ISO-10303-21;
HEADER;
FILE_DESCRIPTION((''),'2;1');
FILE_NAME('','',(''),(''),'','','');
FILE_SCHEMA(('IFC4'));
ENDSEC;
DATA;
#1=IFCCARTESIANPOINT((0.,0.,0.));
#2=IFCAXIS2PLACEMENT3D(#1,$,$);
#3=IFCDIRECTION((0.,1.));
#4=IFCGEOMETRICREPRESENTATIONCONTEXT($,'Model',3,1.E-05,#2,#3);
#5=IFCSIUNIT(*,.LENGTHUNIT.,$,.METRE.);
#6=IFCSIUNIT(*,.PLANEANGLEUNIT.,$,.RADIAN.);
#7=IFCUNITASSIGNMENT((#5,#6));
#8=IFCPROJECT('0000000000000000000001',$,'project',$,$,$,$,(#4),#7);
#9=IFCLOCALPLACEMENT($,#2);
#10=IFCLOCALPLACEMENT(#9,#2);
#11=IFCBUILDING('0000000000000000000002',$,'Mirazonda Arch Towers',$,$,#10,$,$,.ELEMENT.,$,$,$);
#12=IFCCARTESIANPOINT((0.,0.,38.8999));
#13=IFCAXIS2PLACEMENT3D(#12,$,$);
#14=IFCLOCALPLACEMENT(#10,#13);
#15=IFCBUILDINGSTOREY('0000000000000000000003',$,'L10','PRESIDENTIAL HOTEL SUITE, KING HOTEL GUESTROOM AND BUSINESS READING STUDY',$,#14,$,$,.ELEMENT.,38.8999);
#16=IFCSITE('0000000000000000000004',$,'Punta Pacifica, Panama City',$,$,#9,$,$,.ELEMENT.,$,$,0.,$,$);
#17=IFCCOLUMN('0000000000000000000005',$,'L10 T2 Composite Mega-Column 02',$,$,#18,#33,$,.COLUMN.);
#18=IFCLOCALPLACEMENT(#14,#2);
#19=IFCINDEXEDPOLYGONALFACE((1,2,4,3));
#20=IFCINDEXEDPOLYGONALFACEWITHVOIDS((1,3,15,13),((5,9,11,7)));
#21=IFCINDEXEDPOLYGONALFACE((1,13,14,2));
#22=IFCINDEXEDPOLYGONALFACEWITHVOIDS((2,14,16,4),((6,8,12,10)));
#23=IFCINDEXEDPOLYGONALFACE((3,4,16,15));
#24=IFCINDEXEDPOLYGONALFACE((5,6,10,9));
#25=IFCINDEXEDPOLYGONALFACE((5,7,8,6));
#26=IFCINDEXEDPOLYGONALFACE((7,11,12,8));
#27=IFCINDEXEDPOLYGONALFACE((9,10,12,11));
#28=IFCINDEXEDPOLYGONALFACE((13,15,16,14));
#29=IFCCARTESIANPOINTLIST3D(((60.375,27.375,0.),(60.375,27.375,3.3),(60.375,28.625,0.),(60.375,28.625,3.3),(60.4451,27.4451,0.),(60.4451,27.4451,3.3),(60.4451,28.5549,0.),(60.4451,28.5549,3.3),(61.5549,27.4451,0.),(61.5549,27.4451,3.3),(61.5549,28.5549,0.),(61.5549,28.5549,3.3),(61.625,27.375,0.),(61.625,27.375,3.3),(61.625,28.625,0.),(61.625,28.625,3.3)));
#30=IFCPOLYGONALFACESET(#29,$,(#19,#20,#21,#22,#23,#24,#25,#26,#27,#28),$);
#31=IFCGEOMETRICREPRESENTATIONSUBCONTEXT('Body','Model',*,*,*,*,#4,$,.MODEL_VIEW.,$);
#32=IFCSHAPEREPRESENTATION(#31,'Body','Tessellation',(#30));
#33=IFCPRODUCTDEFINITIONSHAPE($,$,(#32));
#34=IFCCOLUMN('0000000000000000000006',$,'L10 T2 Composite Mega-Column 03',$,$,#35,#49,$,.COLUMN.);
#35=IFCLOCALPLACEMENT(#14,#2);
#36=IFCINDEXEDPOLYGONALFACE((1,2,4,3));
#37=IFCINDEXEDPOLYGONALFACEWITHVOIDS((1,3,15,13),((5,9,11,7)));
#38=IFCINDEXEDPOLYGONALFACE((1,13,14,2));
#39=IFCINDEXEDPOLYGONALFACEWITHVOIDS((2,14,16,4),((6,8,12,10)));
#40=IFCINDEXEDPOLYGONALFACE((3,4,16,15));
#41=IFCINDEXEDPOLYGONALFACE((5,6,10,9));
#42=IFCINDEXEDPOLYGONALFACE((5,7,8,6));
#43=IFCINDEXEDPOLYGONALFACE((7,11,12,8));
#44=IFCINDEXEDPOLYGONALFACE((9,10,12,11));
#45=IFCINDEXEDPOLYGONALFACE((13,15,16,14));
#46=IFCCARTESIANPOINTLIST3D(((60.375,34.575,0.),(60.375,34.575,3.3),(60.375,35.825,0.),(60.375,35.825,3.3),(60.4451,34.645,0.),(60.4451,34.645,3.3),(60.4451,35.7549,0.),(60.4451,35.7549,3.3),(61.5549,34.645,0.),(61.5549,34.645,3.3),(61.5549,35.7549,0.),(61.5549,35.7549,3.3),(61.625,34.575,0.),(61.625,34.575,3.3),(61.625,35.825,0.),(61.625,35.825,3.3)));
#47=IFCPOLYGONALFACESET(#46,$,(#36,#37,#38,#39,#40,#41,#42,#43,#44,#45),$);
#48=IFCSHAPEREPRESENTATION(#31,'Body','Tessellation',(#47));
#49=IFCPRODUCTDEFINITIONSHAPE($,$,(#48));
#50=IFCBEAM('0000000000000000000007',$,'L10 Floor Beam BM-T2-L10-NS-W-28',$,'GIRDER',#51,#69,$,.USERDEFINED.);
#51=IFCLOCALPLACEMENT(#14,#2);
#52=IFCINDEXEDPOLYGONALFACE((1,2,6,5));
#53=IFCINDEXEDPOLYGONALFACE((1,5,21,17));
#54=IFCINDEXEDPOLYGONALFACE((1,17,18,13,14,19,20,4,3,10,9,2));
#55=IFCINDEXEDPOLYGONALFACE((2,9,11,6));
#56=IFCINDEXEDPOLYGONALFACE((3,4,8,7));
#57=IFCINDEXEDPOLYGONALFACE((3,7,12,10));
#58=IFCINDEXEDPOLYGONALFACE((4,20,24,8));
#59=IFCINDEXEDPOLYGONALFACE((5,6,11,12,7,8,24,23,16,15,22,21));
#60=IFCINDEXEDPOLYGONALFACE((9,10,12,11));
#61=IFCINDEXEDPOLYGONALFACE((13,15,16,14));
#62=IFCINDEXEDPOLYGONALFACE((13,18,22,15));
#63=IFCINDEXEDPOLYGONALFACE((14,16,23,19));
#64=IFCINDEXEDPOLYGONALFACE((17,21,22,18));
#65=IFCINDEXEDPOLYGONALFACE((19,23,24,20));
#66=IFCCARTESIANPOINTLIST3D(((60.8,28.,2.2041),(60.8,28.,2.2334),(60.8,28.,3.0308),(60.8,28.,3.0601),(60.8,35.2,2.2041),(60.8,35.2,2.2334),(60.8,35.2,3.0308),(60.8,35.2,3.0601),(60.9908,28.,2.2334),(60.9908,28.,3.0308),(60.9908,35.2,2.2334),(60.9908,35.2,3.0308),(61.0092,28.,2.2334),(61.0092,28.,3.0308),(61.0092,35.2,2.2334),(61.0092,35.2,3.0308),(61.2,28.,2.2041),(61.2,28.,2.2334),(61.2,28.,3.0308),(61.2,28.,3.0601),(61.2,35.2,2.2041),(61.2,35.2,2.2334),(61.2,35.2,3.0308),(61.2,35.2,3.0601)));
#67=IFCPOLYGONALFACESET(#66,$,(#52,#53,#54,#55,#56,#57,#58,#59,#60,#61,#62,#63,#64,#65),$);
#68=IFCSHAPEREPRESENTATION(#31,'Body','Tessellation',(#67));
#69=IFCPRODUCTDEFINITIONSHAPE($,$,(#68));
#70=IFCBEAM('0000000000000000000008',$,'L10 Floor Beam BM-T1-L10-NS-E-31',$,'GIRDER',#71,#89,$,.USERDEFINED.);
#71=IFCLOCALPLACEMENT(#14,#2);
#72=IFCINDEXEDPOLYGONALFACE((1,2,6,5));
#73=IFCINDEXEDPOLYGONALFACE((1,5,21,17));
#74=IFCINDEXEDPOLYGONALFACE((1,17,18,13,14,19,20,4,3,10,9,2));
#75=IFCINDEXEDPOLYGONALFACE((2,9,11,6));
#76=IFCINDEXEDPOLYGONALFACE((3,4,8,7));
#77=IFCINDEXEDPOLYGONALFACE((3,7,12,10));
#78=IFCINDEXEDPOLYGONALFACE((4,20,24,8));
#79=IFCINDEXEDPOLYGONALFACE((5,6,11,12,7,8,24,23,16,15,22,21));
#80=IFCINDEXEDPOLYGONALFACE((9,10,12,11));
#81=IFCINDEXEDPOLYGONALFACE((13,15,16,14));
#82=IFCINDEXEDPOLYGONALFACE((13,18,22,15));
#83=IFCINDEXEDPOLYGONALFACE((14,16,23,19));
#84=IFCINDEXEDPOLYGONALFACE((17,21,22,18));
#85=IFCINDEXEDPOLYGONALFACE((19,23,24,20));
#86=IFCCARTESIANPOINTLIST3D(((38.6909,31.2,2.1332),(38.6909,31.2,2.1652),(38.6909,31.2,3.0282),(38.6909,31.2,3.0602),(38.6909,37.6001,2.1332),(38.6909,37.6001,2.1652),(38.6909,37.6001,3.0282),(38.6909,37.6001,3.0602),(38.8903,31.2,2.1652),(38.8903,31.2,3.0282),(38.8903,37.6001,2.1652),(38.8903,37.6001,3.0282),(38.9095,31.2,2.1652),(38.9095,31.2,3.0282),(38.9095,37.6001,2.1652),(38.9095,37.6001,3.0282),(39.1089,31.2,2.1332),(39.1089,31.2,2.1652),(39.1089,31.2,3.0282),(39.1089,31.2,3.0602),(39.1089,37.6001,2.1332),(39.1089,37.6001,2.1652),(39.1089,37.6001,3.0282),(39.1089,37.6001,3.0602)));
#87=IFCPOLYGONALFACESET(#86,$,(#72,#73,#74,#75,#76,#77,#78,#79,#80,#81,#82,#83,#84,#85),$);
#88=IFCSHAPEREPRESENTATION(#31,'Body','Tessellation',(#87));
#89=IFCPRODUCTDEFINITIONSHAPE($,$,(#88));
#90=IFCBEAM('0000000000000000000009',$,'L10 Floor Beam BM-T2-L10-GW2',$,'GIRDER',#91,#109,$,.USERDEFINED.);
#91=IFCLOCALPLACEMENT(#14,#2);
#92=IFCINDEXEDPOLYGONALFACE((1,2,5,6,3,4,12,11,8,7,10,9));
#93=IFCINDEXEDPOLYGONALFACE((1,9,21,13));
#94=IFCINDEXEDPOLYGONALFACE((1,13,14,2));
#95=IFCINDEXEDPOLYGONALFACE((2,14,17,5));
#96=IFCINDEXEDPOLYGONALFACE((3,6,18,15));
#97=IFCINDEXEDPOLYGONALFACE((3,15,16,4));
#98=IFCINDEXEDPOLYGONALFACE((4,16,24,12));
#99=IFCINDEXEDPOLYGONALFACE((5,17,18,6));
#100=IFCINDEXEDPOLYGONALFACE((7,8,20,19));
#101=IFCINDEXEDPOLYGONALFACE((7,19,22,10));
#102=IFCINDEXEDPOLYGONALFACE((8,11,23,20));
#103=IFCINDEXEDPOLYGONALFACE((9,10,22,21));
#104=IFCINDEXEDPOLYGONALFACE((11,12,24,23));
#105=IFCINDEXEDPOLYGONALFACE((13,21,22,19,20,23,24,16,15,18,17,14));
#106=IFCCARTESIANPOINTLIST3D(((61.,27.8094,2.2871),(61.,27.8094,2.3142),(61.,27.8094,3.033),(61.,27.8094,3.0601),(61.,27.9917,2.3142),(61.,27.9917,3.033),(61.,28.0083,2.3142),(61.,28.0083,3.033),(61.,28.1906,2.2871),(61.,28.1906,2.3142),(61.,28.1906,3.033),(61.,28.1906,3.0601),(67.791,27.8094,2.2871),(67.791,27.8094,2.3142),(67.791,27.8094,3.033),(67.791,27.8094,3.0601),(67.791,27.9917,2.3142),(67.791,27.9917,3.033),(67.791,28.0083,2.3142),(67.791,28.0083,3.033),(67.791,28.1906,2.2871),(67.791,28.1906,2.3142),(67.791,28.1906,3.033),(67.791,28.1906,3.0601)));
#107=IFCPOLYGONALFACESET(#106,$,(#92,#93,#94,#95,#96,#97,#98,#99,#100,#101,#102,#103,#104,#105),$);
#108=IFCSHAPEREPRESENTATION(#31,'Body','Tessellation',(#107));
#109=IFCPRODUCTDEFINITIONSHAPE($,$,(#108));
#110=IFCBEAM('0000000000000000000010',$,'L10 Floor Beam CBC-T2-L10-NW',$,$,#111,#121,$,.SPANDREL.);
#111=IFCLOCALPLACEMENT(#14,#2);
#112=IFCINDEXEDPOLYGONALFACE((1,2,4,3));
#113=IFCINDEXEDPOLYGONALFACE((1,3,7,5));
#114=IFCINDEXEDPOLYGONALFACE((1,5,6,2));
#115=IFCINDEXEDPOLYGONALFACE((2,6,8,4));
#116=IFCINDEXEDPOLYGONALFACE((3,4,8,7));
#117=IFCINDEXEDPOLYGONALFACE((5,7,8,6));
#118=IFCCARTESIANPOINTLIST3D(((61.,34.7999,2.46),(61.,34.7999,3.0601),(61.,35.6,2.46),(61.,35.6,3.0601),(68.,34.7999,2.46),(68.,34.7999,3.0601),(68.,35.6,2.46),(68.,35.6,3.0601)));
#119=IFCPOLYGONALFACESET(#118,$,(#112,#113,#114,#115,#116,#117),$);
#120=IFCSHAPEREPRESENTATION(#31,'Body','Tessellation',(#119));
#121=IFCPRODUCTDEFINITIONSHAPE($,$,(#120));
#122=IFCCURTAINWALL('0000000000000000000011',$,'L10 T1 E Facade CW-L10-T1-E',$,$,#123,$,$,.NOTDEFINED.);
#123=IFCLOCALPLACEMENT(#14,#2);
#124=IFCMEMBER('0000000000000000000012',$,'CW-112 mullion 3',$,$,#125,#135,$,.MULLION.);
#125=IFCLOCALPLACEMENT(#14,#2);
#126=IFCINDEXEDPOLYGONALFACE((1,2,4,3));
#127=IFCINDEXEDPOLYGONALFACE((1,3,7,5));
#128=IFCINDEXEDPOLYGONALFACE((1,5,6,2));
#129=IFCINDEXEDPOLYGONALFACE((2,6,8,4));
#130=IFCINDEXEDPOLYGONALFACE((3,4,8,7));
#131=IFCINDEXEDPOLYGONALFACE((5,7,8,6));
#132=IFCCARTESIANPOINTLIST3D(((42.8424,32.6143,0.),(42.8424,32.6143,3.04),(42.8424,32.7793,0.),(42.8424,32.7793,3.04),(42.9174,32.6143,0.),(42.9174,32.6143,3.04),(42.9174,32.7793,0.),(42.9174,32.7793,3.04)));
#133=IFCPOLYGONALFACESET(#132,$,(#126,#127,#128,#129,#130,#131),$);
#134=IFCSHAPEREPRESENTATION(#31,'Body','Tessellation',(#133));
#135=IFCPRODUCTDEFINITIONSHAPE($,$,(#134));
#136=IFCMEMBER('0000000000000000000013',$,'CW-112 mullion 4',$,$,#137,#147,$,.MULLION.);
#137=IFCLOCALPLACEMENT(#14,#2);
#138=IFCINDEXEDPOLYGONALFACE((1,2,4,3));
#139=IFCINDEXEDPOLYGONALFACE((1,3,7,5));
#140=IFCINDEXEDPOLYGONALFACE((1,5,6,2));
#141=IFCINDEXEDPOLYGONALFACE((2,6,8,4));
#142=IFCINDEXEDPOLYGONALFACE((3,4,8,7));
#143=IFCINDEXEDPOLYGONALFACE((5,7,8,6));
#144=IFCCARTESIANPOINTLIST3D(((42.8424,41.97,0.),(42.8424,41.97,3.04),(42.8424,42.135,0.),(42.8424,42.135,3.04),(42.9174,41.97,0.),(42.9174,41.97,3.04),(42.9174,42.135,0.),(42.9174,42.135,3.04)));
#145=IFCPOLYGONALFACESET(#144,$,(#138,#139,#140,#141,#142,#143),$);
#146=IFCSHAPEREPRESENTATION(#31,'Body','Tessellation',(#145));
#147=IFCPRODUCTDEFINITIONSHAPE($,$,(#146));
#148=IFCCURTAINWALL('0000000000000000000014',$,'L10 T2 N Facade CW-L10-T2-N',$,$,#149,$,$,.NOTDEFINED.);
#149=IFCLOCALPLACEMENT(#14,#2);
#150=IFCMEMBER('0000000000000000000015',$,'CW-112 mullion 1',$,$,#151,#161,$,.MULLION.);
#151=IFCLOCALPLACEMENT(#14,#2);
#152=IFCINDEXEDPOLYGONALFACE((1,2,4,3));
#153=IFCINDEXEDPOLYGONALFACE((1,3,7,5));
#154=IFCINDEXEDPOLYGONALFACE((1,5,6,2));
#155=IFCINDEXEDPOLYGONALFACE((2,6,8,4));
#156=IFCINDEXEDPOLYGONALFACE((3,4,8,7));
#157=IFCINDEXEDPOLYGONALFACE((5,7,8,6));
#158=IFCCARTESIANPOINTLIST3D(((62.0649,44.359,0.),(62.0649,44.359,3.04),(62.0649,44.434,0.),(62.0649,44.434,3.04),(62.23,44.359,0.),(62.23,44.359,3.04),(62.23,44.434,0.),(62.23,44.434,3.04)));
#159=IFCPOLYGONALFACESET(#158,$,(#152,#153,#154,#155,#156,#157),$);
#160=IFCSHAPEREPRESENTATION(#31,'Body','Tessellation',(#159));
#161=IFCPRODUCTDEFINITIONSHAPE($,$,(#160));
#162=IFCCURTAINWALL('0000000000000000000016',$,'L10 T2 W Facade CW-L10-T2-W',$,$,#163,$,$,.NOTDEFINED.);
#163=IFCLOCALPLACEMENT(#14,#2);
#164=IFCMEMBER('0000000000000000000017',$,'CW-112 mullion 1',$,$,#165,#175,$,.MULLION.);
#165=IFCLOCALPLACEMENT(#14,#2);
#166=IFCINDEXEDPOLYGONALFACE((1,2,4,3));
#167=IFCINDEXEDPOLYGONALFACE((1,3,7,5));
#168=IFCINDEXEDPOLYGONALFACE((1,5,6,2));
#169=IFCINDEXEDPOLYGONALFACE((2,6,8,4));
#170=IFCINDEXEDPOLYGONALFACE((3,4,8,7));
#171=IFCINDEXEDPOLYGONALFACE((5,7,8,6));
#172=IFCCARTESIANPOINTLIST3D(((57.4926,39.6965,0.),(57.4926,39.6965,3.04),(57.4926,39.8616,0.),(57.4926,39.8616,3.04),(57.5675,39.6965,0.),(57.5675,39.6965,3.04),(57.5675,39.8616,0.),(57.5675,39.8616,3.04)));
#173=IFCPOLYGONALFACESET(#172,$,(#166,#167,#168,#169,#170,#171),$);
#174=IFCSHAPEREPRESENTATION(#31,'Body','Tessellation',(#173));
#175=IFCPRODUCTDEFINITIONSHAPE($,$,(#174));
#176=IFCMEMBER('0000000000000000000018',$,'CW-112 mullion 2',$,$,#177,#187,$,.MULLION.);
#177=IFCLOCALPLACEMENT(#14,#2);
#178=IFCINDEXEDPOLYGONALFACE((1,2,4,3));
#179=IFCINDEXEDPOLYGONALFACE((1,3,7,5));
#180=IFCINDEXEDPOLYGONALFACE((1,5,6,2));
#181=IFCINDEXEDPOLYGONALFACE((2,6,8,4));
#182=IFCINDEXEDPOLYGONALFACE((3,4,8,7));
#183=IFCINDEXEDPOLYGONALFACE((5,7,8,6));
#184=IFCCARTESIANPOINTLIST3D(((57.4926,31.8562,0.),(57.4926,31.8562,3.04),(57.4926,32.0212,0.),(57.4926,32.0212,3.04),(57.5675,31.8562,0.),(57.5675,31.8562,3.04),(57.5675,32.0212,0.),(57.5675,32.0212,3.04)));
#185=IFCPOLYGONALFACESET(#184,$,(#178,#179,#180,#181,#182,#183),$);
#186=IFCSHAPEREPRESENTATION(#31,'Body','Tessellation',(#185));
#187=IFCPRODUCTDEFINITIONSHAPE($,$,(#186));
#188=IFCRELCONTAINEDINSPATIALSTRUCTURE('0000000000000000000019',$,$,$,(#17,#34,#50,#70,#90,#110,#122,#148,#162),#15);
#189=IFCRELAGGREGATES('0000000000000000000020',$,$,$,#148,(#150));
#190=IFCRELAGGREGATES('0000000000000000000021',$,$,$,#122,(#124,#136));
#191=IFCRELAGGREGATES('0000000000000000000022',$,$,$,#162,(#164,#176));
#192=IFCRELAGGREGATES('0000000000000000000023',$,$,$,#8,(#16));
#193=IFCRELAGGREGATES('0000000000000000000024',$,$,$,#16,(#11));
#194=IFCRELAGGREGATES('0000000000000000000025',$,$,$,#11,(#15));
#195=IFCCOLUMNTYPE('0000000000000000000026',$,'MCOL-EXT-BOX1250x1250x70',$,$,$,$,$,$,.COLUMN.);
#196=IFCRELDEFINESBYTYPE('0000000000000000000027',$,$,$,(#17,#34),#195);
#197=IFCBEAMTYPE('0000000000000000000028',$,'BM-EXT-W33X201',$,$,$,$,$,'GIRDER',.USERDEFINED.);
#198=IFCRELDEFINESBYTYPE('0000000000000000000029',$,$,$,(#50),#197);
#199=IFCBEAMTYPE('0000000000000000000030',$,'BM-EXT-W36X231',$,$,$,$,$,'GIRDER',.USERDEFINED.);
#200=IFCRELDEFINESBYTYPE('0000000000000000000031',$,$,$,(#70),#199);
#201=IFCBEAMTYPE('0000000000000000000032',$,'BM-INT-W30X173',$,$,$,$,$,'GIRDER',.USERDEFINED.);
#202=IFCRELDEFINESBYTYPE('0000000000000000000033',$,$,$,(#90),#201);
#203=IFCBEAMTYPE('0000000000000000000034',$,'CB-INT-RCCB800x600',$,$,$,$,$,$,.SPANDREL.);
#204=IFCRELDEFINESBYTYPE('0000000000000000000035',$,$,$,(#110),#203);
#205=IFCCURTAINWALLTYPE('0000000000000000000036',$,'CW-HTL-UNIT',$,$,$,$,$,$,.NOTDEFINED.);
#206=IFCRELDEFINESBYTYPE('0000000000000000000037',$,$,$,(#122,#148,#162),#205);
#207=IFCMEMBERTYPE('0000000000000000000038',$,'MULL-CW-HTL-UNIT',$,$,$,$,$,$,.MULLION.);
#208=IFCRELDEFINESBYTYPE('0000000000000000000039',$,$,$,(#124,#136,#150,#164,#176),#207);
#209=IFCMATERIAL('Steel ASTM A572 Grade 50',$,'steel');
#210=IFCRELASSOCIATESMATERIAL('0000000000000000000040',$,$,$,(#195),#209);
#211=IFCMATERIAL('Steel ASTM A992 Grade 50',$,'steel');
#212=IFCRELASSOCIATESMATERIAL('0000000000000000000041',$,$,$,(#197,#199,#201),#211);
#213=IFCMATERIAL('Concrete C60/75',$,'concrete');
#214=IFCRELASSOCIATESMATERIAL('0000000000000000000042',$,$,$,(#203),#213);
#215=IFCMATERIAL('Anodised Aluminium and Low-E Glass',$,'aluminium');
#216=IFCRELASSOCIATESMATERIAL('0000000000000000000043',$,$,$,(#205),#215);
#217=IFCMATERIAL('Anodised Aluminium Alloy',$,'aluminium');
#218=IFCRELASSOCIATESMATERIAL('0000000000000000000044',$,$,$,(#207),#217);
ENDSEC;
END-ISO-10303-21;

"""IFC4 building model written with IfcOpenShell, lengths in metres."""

from ifc_helpers import new_model, si_unit, direction, frame, origin, origin_2d, place, context, subcontext, project, spatial, rectangle, hollow_rectangle, i_section, extrude, material, material_profile, profile_set, type_object, element, aggregate, save


model = new_model("IFC4")

# Units and contexts
model_context = context("Model", 3, precision=1e-05, world=origin(), true_north=direction((0.0, 1.0)))
body_context = subcontext(model_context, "Body", "Model", "MODEL_VIEW")
ifc_project = project(units=[si_unit("LENGTHUNIT", "METRE"), si_unit("PLANEANGLEUNIT", "RADIAN")], contexts=[model_context])

# Site, building, storey
site_placement = place(None, origin())
site = spatial("IfcSite", under=ifc_project, at=site_placement, Name="Punta Pacifica, Panama City", CompositionType="ELEMENT", RefElevation=0.0)
building_placement = place(site_placement, origin())
building = spatial("IfcBuilding", under=site, at=building_placement, Name="Mirazonda Arch Towers", CompositionType="ELEMENT")
storey_placement = place(building_placement, frame((0.0, 0.0, 38.8999)))
storey = spatial("IfcBuildingStorey", under=building, at=storey_placement, Name="L10", Description="PRESIDENTIAL HOTEL SUITE, KING HOTEL GUESTROOM AND BUSINESS READING STUDY", CompositionType="ELEMENT", Elevation=38.8999)

# Columns
ifc_material_1 = material(Name="Steel ASTM A572 Grade 50", Category="steel")
ifc_material_profile_1 = material_profile(ifc_material_1, hollow_rectangle(XDim=1.25, YDim=1.25, WallThickness=0.0701, at=origin_2d()), Name="BOX1250x1250x70")
ifc_profile_set_1 = profile_set([ifc_material_profile_1], Name="Steel ASTM A572 Grade 50")
column_type = type_object("IfcColumnType", Name="MCOL-EXT-BOX1250x1250x70", PredefinedType="COLUMN", material=ifc_profile_set_1)
for number, where, z_axis, x_axis, name in (
    (1, (61.0, 28.0, 0.0), (0.0, 0.0, 1.0), (1.0, 0.0, 0.0), "L10 T2 Composite Mega-Column 02"),
    (2, (61.0, 35.2, 0.0), (0.0, 0.0, 1.0), (1.0, 0.0, 0.0), "L10 T2 Composite Mega-Column 03"),
):
    element("IfcColumn", number, at=place(storey_placement, frame(where, z_axis=z_axis, x_axis=x_axis)), inside=storey, type_object=column_type, Name=name, PredefinedType="COLUMN", context=body_context, shape_type="SweptSolid", body=[
        extrude(hollow_rectangle(XDim=1.25, YDim=1.25, WallThickness=0.0701, at=origin_2d()), origin(), (0.0, 0.0, 1.0), 3.3),
    ])

# Beams
ifc_material_2 = material(Name="Steel ASTM A992 Grade 50", Category="steel")
ifc_material_profile_2 = material_profile(ifc_material_2, i_section(OverallWidth=0.3999, OverallDepth=0.856, WebThickness=0.0183, FlangeThickness=0.0293, at=origin_2d()), Name="W33X201")
ifc_profile_set_2 = profile_set([ifc_material_profile_2], Name="Steel ASTM A992 Grade 50")
beam_type_1 = type_object("IfcBeamType", Name="BM-EXT-W33X201", ElementType="GIRDER", PredefinedType="USERDEFINED", material=ifc_profile_set_2)
beam_1_placement = place(storey_placement, frame((61.0, 28.0, 2.6321), z_axis=(0.0, 1.0, 0.0), x_axis=(-1.0, 0.0, 0.0)))
element("IfcBeam", 3, at=beam_1_placement, inside=storey, type_object=beam_type_1, Name="L10 Floor Beam BM-T2-L10-NS-W-28", ObjectType="GIRDER", PredefinedType="USERDEFINED", context=body_context, shape_type="SweptSolid", body=[
    extrude(i_section(OverallWidth=0.3999, OverallDepth=0.856, WebThickness=0.0183, FlangeThickness=0.0293, at=origin_2d()), origin(), (0.0, 0.0, 1.0), 7.2),
])
ifc_material_profile_3 = material_profile(ifc_material_2, i_section(OverallWidth=0.418, OverallDepth=0.927, WebThickness=0.0193, FlangeThickness=0.032, at=origin_2d()), Name="W36X231")
ifc_profile_set_3 = profile_set([ifc_material_profile_3], Name="Steel ASTM A992 Grade 50")
beam_type_2 = type_object("IfcBeamType", Name="BM-EXT-W36X231", ElementType="GIRDER", PredefinedType="USERDEFINED", material=ifc_profile_set_3)
beam_2_placement = place(storey_placement, frame((38.8999, 31.2, 2.5967), z_axis=(0.0, 1.0, 0.0), x_axis=(-1.0, 0.0, 0.0)))
element("IfcBeam", 4, at=beam_2_placement, inside=storey, type_object=beam_type_2, Name="L10 Floor Beam BM-T1-L10-NS-E-31", ObjectType="GIRDER", PredefinedType="USERDEFINED", context=body_context, shape_type="SweptSolid", body=[
    extrude(i_section(OverallWidth=0.418, OverallDepth=0.927, WebThickness=0.0193, FlangeThickness=0.032, at=origin_2d()), origin(), (0.0, 0.0, 1.0), 6.4001),
])
ifc_material_profile_4 = material_profile(ifc_material_2, i_section(OverallWidth=0.3811, OverallDepth=0.7729, WebThickness=0.0166, FlangeThickness=0.0271, at=origin_2d()), Name="W30X173")
ifc_profile_set_4 = profile_set([ifc_material_profile_4], Name="Steel ASTM A992 Grade 50")
beam_type_3 = type_object("IfcBeamType", Name="BM-INT-W30X173", ElementType="GIRDER", PredefinedType="USERDEFINED", material=ifc_profile_set_4)
beam_3_placement = place(storey_placement, frame((61.0, 28.0, 2.6736), z_axis=(1.0, 0.0, 0.0), x_axis=(0.0, 1.0, 0.0)))
element("IfcBeam", 5, at=beam_3_placement, inside=storey, type_object=beam_type_3, Name="L10 Floor Beam BM-T2-L10-GW2", ObjectType="GIRDER", PredefinedType="USERDEFINED", context=body_context, shape_type="SweptSolid", body=[
    extrude(i_section(OverallWidth=0.3811, OverallDepth=0.7729, WebThickness=0.0166, FlangeThickness=0.0271, at=origin_2d()), origin(), (0.0, 0.0, 1.0), 6.791),
])
ifc_material_3 = material(Name="Concrete C60/75", Category="concrete")
ifc_material_profile_5 = material_profile(ifc_material_3, rectangle(XDim=0.8, YDim=0.6001, at=origin_2d()), Name="RCCB800x600")
ifc_profile_set_5 = profile_set([ifc_material_profile_5], Name="Concrete C60/75")
beam_type_4 = type_object("IfcBeamType", Name="CB-INT-RCCB800x600", PredefinedType="SPANDREL", material=ifc_profile_set_5)
beam_4_placement = place(storey_placement, frame((61.0, 35.2, 2.76), z_axis=(1.0, 0.0, 0.0), x_axis=(0.0, 1.0, 0.0)))
element("IfcBeam", 6, at=beam_4_placement, inside=storey, type_object=beam_type_4, Name="L10 Floor Beam CBC-T2-L10-NW", PredefinedType="SPANDREL", context=body_context, shape_type="SweptSolid", body=[
    extrude(rectangle(XDim=0.8, YDim=0.6001, at=origin_2d()), origin(), (0.0, 0.0, 1.0), 7.0),
])

# Curtain wall, members
ifc_material_4 = material(Name="Anodised Aluminium and Low-E Glass", Category="aluminium")
curtain_wall_type = type_object("IfcCurtainWallType", Name="CW-HTL-UNIT", PredefinedType="NOTDEFINED", material=ifc_material_4)
curtain_wall_1_placement = place(storey_placement, origin())
curtain_wall_1 = element("IfcCurtainWall", 7, at=curtain_wall_1_placement, inside=storey, type_object=curtain_wall_type, Name="L10 T1 E Facade CW-L10-T1-E", PredefinedType="NOTDEFINED")
ifc_material_5 = material(Name="Anodised Aluminium Alloy", Category="aluminium")
ifc_material_profile_6 = material_profile(ifc_material_5, rectangle(XDim=0.075, YDim=0.165, at=origin_2d()), Name="ALU-MULL-75x165")
ifc_profile_set_6 = profile_set([ifc_material_profile_6], Name="Anodised Aluminium Alloy")
member_type_1 = type_object("IfcMemberType", Name="MULL-CW-HTL-UNIT", PredefinedType="MULLION", material=ifc_profile_set_6)
member_1_placement = place(storey_placement, frame((42.8799, 32.6968, 0.0), z_axis=(0.0, 0.0, 1.0), x_axis=(-1.0, 0.0, 0.0)))
member_1 = element("IfcMember", 8, at=member_1_placement, type_object=member_type_1, Name="CW-112 mullion 3", PredefinedType="MULLION", context=body_context, shape_type="SweptSolid", body=[
    extrude(rectangle(XDim=0.075, YDim=0.165, at=origin_2d()), origin(), (0.0, 0.0, 1.0), 3.04),
])
member_2_placement = place(storey_placement, frame((42.8799, 42.0525, 0.0), z_axis=(0.0, 0.0, 1.0), x_axis=(-1.0, 0.0, 0.0)))
member_2 = element("IfcMember", 9, at=member_2_placement, type_object=member_type_1, Name="CW-112 mullion 4", PredefinedType="MULLION", context=body_context, shape_type="SweptSolid", body=[
    extrude(rectangle(XDim=0.075, YDim=0.165, at=origin_2d()), origin(), (0.0, 0.0, 1.0), 3.04),
])

# Curtain wall, member
curtain_wall_2_placement = place(storey_placement, origin())
curtain_wall_2 = element("IfcCurtainWall", 10, at=curtain_wall_2_placement, inside=storey, type_object=curtain_wall_type, Name="L10 T2 N Facade CW-L10-T2-N", PredefinedType="NOTDEFINED")
member_3_placement = place(storey_placement, frame((62.1475, 44.3965, 0.0), z_axis=(0.0, 0.0, 1.0), x_axis=(0.0, 1.0, 0.0)))
member_3 = element("IfcMember", 11, at=member_3_placement, type_object=member_type_1, Name="CW-112 mullion 1", PredefinedType="MULLION", context=body_context, shape_type="SweptSolid", body=[
    extrude(rectangle(XDim=0.075, YDim=0.165, at=origin_2d()), origin(), (0.0, 0.0, 1.0), 3.04),
])

# Curtain wall, members
curtain_wall_3_placement = place(storey_placement, origin())
curtain_wall_3 = element("IfcCurtainWall", 12, at=curtain_wall_3_placement, inside=storey, type_object=curtain_wall_type, Name="L10 T2 W Facade CW-L10-T2-W", PredefinedType="NOTDEFINED")
member_4_placement = place(storey_placement, frame((57.53, 39.7791, 0.0), z_axis=(0.0, 0.0, 1.0), x_axis=(1.0, 0.0, 0.0)))
member_4 = element("IfcMember", 13, at=member_4_placement, type_object=member_type_1, Name="CW-112 mullion 1", PredefinedType="MULLION", context=body_context, shape_type="SweptSolid", body=[
    extrude(rectangle(XDim=0.075, YDim=0.165, at=origin_2d()), origin(), (0.0, 0.0, 1.0), 3.04),
])
member_5_placement = place(storey_placement, frame((57.53, 31.9387, 0.0), z_axis=(0.0, 0.0, 1.0), x_axis=(1.0, 0.0, 0.0)))
member_5 = element("IfcMember", 14, at=member_5_placement, type_object=member_type_1, Name="CW-112 mullion 2", PredefinedType="MULLION", context=body_context, shape_type="SweptSolid", body=[
    extrude(rectangle(XDim=0.075, YDim=0.165, at=origin_2d()), origin(), (0.0, 0.0, 1.0), 3.04),
])

aggregate(curtain_wall_2, [member_3])

aggregate(curtain_wall_1, [member_1, member_2])
aggregate(curtain_wall_3, [member_4, member_5])

save(model, "model.ifc")
